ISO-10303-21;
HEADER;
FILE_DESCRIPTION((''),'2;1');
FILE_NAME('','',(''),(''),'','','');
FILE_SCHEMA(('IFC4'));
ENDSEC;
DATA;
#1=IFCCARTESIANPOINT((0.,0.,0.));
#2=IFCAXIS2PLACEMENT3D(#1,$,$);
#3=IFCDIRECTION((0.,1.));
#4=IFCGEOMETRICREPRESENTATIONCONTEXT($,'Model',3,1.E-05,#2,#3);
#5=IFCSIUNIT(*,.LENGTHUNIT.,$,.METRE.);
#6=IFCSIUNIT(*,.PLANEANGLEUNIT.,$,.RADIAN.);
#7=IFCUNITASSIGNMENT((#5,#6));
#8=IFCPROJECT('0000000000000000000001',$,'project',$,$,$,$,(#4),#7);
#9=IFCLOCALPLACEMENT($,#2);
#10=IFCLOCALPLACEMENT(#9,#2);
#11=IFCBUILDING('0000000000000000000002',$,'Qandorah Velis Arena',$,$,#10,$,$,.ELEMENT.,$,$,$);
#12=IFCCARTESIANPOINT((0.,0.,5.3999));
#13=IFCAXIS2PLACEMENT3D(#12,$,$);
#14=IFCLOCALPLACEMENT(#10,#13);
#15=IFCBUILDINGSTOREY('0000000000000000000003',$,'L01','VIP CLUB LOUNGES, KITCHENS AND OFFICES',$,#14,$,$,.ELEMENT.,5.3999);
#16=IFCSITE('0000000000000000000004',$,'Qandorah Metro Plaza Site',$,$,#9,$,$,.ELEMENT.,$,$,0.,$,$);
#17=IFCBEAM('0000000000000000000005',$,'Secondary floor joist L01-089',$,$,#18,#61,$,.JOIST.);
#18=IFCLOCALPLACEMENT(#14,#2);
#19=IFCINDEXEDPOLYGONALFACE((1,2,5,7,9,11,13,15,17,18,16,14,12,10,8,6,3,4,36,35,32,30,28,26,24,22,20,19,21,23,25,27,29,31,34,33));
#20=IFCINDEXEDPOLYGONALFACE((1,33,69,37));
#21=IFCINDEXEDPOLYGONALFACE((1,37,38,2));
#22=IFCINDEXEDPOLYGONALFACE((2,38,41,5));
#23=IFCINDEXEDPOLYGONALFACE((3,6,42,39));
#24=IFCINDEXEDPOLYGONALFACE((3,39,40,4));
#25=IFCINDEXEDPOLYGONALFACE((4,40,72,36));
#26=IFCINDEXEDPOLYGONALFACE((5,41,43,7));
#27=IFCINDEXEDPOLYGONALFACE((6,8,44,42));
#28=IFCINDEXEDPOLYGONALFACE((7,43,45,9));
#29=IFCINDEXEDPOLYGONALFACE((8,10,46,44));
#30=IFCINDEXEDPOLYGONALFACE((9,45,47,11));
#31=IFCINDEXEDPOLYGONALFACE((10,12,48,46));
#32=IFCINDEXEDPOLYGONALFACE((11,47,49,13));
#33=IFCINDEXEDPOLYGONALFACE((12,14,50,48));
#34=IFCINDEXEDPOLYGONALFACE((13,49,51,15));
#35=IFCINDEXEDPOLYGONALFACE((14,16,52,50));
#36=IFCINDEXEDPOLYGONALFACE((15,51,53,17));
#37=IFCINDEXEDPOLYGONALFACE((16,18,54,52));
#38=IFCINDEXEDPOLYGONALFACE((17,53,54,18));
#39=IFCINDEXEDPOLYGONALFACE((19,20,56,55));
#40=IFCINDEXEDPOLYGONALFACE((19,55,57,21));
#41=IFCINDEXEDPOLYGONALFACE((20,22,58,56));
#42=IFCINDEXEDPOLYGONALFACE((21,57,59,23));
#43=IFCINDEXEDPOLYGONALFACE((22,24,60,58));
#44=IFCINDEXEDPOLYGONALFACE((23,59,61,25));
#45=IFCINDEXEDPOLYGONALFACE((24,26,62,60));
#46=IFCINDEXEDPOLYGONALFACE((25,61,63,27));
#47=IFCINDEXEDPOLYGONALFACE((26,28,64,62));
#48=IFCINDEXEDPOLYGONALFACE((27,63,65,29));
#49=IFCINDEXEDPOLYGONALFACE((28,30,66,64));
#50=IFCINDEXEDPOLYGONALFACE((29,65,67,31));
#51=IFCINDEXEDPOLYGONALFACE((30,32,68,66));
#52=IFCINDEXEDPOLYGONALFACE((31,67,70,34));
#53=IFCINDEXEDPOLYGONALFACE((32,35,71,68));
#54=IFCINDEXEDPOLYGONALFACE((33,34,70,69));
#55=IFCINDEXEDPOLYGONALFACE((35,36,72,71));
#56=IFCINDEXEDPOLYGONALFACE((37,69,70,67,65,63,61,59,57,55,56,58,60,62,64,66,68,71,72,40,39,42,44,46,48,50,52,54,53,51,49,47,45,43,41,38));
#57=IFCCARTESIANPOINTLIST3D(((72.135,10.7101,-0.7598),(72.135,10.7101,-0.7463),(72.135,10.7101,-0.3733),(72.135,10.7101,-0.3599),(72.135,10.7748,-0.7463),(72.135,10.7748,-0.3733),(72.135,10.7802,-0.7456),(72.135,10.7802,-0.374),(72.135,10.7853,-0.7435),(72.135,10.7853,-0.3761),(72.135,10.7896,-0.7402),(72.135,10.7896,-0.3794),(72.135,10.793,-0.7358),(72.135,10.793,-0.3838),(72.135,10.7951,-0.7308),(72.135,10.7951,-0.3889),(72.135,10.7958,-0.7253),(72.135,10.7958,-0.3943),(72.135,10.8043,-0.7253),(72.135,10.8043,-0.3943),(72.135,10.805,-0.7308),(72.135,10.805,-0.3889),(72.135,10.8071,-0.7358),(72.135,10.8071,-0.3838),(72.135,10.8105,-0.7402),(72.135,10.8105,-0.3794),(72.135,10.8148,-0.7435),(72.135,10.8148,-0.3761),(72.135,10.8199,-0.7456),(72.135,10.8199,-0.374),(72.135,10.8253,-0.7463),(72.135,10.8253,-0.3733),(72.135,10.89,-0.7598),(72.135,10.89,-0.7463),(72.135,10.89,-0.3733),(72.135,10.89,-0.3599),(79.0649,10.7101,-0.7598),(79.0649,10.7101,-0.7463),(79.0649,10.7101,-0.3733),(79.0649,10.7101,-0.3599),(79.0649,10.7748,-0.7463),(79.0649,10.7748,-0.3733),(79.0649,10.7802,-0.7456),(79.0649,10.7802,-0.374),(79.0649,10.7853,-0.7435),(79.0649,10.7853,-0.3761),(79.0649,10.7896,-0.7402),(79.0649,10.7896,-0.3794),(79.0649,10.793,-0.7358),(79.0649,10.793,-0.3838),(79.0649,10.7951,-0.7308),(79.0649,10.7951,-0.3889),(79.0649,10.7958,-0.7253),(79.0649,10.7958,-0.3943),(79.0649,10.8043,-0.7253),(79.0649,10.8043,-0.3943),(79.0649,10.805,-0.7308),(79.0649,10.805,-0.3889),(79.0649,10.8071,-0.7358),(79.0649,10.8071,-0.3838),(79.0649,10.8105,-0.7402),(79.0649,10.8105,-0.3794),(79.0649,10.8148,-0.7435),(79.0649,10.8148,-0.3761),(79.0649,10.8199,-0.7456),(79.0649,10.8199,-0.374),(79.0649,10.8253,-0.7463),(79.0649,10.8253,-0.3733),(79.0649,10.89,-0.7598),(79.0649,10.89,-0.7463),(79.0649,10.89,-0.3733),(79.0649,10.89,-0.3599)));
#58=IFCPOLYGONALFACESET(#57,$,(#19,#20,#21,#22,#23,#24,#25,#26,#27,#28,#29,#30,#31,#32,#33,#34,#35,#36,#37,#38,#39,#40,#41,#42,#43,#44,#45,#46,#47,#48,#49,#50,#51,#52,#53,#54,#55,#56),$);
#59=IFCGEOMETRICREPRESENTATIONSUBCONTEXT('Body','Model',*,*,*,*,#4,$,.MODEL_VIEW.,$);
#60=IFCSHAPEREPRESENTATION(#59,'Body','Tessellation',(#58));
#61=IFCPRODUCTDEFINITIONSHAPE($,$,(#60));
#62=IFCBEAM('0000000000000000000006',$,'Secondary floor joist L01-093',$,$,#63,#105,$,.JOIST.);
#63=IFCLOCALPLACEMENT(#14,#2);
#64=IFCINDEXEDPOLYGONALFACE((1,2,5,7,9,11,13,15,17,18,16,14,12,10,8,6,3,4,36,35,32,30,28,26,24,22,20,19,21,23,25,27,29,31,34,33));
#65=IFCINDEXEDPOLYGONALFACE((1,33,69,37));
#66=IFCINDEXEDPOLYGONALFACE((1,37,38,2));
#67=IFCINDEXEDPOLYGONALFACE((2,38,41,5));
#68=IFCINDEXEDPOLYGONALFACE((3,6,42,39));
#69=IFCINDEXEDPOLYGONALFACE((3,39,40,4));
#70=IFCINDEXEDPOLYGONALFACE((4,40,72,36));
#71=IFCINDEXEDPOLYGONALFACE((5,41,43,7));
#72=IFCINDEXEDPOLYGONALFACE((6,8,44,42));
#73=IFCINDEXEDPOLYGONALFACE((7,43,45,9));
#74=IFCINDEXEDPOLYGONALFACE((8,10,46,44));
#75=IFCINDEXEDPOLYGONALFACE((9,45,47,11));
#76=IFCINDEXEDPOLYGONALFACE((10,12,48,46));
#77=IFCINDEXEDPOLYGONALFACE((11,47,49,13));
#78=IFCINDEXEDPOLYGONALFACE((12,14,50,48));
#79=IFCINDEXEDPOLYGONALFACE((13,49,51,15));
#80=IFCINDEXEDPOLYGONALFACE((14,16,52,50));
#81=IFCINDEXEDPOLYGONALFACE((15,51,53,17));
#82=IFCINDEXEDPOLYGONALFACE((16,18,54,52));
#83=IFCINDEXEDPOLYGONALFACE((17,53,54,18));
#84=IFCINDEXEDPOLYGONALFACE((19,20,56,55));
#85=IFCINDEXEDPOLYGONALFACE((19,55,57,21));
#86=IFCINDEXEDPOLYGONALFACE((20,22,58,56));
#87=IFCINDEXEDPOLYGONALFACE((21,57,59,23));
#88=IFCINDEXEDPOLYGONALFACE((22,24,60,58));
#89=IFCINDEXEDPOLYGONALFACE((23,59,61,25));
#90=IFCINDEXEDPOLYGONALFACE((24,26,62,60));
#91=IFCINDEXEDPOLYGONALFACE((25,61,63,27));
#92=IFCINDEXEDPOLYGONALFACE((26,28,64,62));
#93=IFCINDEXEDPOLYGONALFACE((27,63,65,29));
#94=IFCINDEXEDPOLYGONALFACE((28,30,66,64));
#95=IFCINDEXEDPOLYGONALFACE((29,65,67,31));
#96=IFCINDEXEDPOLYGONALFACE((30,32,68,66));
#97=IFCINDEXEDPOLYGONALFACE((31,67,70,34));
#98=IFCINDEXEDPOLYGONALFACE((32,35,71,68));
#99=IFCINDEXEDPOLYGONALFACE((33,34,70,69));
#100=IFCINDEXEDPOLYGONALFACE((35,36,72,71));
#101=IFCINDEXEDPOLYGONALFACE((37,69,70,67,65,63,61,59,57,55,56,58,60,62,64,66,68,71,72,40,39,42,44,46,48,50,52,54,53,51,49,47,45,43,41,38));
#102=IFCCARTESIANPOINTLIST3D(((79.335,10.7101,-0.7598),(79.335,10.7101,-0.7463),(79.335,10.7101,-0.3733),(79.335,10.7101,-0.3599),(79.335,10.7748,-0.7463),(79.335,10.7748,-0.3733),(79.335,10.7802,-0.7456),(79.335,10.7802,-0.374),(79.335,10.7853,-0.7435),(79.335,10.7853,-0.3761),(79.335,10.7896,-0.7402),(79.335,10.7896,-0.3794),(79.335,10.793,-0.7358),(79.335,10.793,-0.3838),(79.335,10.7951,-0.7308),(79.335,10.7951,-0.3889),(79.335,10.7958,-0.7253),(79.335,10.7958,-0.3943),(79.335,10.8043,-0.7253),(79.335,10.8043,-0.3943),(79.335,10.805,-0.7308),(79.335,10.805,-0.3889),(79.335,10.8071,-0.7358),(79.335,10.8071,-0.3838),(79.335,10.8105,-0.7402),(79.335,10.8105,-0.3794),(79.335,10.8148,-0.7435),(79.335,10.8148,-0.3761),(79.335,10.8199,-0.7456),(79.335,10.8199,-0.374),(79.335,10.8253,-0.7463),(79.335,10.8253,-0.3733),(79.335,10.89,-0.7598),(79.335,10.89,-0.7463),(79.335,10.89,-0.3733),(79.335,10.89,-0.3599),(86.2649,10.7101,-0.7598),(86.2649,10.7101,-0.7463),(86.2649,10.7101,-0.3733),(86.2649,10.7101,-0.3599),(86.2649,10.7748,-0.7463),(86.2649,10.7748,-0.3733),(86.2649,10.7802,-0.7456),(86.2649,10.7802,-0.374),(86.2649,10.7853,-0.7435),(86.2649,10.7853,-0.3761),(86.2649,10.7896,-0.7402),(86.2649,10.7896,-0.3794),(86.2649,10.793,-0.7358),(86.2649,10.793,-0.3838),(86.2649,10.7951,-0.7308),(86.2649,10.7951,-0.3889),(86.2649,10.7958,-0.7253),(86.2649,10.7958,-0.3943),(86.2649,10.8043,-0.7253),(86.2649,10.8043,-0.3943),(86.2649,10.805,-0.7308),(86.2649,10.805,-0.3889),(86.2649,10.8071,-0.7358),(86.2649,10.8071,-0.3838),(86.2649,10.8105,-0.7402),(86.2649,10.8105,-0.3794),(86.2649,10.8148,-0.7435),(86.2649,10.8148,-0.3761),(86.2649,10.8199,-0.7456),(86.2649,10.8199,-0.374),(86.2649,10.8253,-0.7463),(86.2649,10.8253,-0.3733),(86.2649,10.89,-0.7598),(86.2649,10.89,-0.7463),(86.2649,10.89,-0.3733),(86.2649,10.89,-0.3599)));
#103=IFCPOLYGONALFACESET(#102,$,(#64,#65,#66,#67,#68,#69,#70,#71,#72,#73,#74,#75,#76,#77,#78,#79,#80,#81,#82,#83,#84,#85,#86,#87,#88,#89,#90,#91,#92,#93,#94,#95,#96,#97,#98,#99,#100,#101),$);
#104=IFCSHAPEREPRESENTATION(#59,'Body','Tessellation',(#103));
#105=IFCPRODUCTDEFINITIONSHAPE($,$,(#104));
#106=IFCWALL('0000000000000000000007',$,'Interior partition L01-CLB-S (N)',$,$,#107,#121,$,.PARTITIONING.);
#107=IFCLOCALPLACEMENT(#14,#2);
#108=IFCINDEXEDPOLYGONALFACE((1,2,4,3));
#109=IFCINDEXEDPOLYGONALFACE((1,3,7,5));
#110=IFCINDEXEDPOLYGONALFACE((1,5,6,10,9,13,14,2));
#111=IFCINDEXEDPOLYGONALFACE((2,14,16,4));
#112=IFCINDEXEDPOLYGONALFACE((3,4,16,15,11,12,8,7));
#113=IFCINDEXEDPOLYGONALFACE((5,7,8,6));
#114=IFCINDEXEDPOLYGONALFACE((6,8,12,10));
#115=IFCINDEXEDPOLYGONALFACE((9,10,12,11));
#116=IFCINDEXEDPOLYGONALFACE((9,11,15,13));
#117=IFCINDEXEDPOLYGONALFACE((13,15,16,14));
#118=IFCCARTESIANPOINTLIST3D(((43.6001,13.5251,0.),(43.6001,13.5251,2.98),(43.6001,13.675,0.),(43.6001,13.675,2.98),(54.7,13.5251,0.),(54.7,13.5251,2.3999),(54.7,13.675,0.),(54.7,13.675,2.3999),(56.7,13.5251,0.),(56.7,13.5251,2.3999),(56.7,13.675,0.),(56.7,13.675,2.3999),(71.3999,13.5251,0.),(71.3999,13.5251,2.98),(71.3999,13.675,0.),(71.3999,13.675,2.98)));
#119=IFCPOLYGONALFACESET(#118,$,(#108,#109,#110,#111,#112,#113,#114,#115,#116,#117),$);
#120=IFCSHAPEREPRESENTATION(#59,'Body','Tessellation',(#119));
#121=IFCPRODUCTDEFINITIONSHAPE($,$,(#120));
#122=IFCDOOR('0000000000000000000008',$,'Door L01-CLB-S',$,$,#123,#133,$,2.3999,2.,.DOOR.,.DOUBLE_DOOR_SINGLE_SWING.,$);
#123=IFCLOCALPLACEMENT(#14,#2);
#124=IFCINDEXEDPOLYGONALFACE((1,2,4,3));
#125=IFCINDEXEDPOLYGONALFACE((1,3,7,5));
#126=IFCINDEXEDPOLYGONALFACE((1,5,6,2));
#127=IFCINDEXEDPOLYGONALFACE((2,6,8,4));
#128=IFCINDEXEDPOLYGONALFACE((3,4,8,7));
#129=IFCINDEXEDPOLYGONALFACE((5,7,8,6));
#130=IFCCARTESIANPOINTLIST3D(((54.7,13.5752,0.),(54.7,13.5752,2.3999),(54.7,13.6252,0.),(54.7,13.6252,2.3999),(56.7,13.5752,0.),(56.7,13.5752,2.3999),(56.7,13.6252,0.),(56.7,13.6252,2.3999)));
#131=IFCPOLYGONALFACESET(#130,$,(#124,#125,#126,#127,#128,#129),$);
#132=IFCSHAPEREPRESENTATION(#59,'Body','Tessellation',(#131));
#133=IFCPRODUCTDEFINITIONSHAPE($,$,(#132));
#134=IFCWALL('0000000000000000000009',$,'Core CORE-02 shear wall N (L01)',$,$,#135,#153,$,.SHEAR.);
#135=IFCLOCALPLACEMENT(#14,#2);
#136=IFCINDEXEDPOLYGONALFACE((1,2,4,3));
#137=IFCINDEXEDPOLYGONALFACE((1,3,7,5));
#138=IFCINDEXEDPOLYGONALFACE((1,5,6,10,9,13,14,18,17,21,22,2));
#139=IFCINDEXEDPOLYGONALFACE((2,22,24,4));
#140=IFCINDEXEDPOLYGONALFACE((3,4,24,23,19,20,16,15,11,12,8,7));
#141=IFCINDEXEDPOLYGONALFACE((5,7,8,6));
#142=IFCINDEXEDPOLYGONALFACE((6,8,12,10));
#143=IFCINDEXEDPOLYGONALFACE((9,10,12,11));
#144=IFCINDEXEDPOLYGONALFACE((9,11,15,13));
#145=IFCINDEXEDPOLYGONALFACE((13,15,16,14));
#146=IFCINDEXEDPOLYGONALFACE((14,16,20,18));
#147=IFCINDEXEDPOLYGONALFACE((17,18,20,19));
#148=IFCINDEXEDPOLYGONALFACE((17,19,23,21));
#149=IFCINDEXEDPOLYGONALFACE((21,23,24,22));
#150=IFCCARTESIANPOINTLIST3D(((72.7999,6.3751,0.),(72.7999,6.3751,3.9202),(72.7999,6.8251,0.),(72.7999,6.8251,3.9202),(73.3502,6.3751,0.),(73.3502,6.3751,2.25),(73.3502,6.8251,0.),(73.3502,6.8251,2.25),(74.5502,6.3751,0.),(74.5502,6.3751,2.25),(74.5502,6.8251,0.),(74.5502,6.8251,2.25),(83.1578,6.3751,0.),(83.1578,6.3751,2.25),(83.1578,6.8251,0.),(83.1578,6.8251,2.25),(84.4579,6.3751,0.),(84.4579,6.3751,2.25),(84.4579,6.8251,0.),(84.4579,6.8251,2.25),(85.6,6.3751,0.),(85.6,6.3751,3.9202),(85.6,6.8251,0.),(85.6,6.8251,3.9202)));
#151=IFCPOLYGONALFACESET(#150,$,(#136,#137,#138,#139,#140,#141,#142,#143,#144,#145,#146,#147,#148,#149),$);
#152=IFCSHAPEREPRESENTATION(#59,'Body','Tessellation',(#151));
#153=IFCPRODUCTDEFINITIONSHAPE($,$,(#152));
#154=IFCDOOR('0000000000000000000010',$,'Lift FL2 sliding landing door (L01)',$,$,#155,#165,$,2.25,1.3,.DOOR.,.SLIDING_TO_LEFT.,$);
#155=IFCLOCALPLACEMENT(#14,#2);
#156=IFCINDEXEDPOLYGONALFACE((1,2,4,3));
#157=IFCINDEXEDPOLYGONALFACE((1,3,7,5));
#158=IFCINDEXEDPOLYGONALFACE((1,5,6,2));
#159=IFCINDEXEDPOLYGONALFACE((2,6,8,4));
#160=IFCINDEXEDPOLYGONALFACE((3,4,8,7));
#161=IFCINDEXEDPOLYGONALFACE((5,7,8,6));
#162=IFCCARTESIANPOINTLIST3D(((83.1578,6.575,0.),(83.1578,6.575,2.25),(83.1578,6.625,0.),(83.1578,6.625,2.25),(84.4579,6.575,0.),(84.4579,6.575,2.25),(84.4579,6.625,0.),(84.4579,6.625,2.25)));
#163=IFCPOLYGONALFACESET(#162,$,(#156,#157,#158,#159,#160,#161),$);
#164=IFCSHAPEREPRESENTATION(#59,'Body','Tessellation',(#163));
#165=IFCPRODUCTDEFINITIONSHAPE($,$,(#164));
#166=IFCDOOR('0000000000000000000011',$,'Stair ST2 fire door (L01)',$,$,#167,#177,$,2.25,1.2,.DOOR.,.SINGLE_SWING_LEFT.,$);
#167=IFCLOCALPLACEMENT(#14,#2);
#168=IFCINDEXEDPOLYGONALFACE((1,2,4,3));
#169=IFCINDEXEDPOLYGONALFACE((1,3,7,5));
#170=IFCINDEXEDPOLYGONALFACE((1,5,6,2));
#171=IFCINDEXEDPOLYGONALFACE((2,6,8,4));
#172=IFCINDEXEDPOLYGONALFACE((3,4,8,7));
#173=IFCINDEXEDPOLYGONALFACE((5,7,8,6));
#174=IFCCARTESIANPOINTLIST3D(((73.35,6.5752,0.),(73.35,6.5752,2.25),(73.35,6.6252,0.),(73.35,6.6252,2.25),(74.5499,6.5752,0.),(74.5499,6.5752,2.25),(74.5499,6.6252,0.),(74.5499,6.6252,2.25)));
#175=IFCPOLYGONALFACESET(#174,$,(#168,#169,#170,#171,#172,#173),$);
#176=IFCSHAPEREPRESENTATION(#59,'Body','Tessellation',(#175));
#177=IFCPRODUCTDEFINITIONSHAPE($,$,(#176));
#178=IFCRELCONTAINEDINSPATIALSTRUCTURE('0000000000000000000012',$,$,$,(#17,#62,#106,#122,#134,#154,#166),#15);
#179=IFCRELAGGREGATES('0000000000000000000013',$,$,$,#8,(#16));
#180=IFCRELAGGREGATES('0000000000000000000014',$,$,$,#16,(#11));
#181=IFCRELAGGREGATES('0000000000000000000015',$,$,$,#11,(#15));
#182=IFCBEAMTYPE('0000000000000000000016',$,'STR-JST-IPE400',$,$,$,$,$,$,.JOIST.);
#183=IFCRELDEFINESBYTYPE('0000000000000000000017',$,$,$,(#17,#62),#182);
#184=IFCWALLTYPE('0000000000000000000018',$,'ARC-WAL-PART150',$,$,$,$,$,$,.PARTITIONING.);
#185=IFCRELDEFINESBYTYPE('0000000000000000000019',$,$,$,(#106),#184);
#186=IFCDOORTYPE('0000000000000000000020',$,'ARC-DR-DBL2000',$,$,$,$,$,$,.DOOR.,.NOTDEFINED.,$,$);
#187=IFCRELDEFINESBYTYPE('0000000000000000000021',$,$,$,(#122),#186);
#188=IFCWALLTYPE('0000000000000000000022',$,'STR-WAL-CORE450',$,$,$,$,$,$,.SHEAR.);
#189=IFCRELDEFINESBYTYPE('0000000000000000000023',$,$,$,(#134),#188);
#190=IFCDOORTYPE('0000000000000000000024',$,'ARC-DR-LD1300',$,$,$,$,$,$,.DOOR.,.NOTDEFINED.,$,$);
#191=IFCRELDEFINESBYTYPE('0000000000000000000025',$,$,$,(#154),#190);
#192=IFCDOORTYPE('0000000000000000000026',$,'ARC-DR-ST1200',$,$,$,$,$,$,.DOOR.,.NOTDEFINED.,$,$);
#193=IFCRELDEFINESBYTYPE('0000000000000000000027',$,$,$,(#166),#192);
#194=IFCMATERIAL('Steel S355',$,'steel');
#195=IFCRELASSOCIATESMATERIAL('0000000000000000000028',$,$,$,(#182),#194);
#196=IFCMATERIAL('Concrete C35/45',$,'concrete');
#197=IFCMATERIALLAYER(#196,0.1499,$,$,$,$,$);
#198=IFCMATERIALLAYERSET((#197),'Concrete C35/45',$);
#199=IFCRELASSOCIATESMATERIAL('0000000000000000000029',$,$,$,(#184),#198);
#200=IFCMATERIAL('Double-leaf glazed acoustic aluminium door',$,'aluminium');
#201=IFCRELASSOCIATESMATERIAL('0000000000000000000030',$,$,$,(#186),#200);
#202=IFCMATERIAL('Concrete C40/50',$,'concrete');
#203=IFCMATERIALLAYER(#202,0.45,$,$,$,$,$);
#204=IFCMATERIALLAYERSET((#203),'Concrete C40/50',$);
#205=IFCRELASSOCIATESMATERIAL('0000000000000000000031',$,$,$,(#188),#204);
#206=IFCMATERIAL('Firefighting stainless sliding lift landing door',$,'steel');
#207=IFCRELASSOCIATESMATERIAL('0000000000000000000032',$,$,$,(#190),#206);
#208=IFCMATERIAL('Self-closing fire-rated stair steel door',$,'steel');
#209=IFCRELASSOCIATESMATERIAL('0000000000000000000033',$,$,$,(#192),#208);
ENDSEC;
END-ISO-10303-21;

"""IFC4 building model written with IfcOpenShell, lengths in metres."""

from ifc_helpers import new_model, si_unit, direction, frame, frame_2d, origin, origin_2d, place, context, subcontext, project, spatial, rectangle, i_section, extrude, material, layer, layer_set, material_profile, profile_set, type_object, element, fill, save


model = new_model("IFC4")

# Units and contexts
model_context = context("Model", 3, precision=1e-05, world=origin(), true_north=direction((0.0, 1.0)))
body_context = subcontext(model_context, "Body", "Model", "MODEL_VIEW")
ifc_project = project(units=[si_unit("LENGTHUNIT", "METRE"), si_unit("PLANEANGLEUNIT", "RADIAN")], contexts=[model_context])

# Site, building, storey
site_placement = place(None, origin())
site = spatial("IfcSite", under=ifc_project, at=site_placement, Name="Qandorah Metro Plaza Site", CompositionType="ELEMENT", RefElevation=0.0)
building_placement = place(site_placement, origin())
building = spatial("IfcBuilding", under=site, at=building_placement, Name="Qandorah Velis Arena", CompositionType="ELEMENT")
storey_placement = place(building_placement, frame((0.0, 0.0, 5.3999)))
storey = spatial("IfcBuildingStorey", under=building, at=storey_placement, Name="L01", Description="VIP CLUB LOUNGES, KITCHENS AND OFFICES", CompositionType="ELEMENT", Elevation=5.3999)

# Shared definitions
ifc_material_1 = material(Name="Concrete C40/50", Category="concrete")

# Beams
ifc_material_2 = material(Name="Steel S355", Category="steel")
ifc_material_profile_1 = material_profile(ifc_material_2, i_section(OverallWidth=0.1799, OverallDepth=0.3999, WebThickness=0.0085, FlangeThickness=0.0134, FilletRadius=0.021, at=origin_2d()), Name="IPE 400")
ifc_profile_set_1 = profile_set([ifc_material_profile_1], Name="Steel S355")
beam_type_1 = type_object("IfcBeamType", Name="STR-JST-IPE400", PredefinedType="JOIST", material=ifc_profile_set_1)
for number, where, z_axis, x_axis, name in (
    (1, (72.135, 10.8, -0.5598), (1.0, 0.0, 0.0), (0.0, 1.0, 0.0), "Secondary floor joist L01-089"),
    (2, (79.335, 10.8, -0.5598), (1.0, 0.0, 0.0), (0.0, 1.0, 0.0), "Secondary floor joist L01-093"),
):
    element("IfcBeam", number, at=place(storey_placement, frame(where, z_axis=z_axis, x_axis=x_axis)), inside=storey, type_object=beam_type_1, Name=name, PredefinedType="JOIST", context=body_context, shape_type="SweptSolid", body=[
        extrude(i_section(OverallWidth=0.1799, OverallDepth=0.3999, WebThickness=0.0085, FlangeThickness=0.0134, FilletRadius=0.021, at=origin_2d()), origin(), (0.0, 0.0, 1.0), 6.9299),
    ])

# Wall, opening, door
ifc_material_3 = material(Name="Concrete C35/45", Category="concrete")
ifc_layer_1 = layer(ifc_material_3, 0.1499)
ifc_layer_set_1 = layer_set([ifc_layer_1], Name="Concrete C35/45")
wall_type_1 = type_object("IfcWallType", Name="ARC-WAL-PART150", PredefinedType="PARTITIONING", material=ifc_layer_set_1)
wall_1_placement = place(storey_placement, frame((71.3999, 13.6001, 0.0), z_axis=(0.0, 0.0, 1.0), x_axis=(-1.0, 0.0, 0.0)))
wall_1 = element("IfcWall", 3, at=wall_1_placement, inside=storey, type_object=wall_type_1, Name="Interior partition L01-CLB-S (N)", PredefinedType="PARTITIONING", context=body_context, shape_type="SweptSolid", body=[
    extrude(rectangle(XDim=27.7998, YDim=0.1499, at=frame_2d((13.8999, 0.0))), origin(), (0.0, 0.0, 1.0), 2.98),
])
opening_1_placement = place(wall_1_placement, frame((14.7, 0.0, 0.0)))
opening_1 = element("IfcOpeningElement", 4, at=opening_1_placement, cuts=wall_1, PredefinedType="OPENING", context=body_context, shape_type="SweptSolid", body=[
    extrude(rectangle(XDim=2.0, YDim=2.3999, at=frame_2d((1.0, 1.2))), frame((0.0, 0.085, 0.0), z_axis=(0.0, -1.0, 0.0), x_axis=(1.0, 0.0, 0.0)), (0.0, 0.0, 1.0), 0.1699),
])
ifc_material_4 = material(Name="Double-leaf glazed acoustic aluminium door", Category="aluminium")
door_type_1 = type_object("IfcDoorType", Name="ARC-DR-DBL2000", OperationType="NOTDEFINED", PredefinedType="DOOR", material=ifc_material_4)
door_1_placement = place(opening_1_placement, origin())
door_1 = element("IfcDoor", 5, at=door_1_placement, inside=storey, type_object=door_type_1, Name="Door L01-CLB-S", OperationType="DOUBLE_DOOR_SINGLE_SWING", OverallHeight=2.3999, OverallWidth=2.0, PredefinedType="DOOR", context=body_context, shape_type="SweptSolid", body=[
    extrude(rectangle(XDim=2.0, YDim=2.3999, at=frame_2d((1.0, 1.2))), frame((0.0, 0.0249, 0.0), z_axis=(0.0, -1.0, 0.0), x_axis=(1.0, 0.0, 0.0)), (0.0, 0.0, 1.0), 0.05),
])
fill(opening_1, door_1)

# Wall, openings, doors
ifc_layer_2 = layer(ifc_material_1, 0.45)
ifc_layer_set_2 = layer_set([ifc_layer_2], Name="Concrete C40/50")
wall_type_2 = type_object("IfcWallType", Name="STR-WAL-CORE450", PredefinedType="SHEAR", material=ifc_layer_set_2)
wall_2_placement = place(storey_placement, frame((72.8, 6.6001, 0.0), z_axis=(0.0, 0.0, 1.0), x_axis=(1.0, 0.0, 0.0)))
wall_2 = element("IfcWall", 6, at=wall_2_placement, inside=storey, type_object=wall_type_2, Name="Core CORE-02 shear wall N (L01)", PredefinedType="SHEAR", context=body_context, shape_type="SweptSolid", body=[
    extrude(rectangle(XDim=12.8, YDim=0.45, at=frame_2d((6.3999, 0.0))), origin(), (0.0, 0.0, 1.0), 3.9202),
])
opening_2_placement = place(wall_2_placement, frame((0.55, 0.0, 0.0)))
opening_2 = element("IfcOpeningElement", 7, at=opening_2_placement, cuts=wall_2, PredefinedType="OPENING", context=body_context, shape_type="SweptSolid", body=[
    extrude(rectangle(XDim=1.2, YDim=2.25, at=frame_2d((0.6001, 1.125))), frame((0.0, 0.2349, 0.0), z_axis=(0.0, -1.0, 0.0), x_axis=(1.0, 0.0, 0.0)), (0.0, 0.0, 1.0), 0.47),
])
opening_3_placement = place(wall_2_placement, frame((10.3579, 0.0, 0.0)))
opening_3 = element("IfcOpeningElement", 8, at=opening_3_placement, cuts=wall_2, PredefinedType="OPENING", context=body_context, shape_type="SweptSolid", body=[
    extrude(rectangle(XDim=1.3, YDim=2.25, at=frame_2d((0.6499, 1.125))), frame((0.0, 0.2349, 0.0), z_axis=(0.0, -1.0, 0.0), x_axis=(1.0, 0.0, 0.0)), (0.0, 0.0, 1.0), 0.47),
])
ifc_material_5 = material(Name="Firefighting stainless sliding lift landing door", Category="steel")
door_type_2 = type_object("IfcDoorType", Name="ARC-DR-LD1300", OperationType="NOTDEFINED", PredefinedType="DOOR", material=ifc_material_5)
door_2_placement = place(opening_3_placement, origin())
door_2 = element("IfcDoor", 9, at=door_2_placement, inside=storey, type_object=door_type_2, Name="Lift FL2 sliding landing door (L01)", OperationType="SLIDING_TO_LEFT", OverallHeight=2.25, OverallWidth=1.3, PredefinedType="DOOR", context=body_context, shape_type="SweptSolid", body=[
    extrude(rectangle(XDim=1.3, YDim=2.25, at=frame_2d((0.6499, 1.125))), frame((0.0, 0.0249, 0.0), z_axis=(0.0, -1.0, 0.0), x_axis=(1.0, 0.0, 0.0)), (0.0, 0.0, 1.0), 0.05),
])
fill(opening_3, door_2)
ifc_material_6 = material(Name="Self-closing fire-rated stair steel door", Category="steel")
door_type_3 = type_object("IfcDoorType", Name="ARC-DR-ST1200", OperationType="NOTDEFINED", PredefinedType="DOOR", material=ifc_material_6)
door_3_placement = place(opening_2_placement, frame((1.2, 0.0, 0.0), z_axis=(0.0, 0.0, 1.0), x_axis=(-1.0, 0.0, 0.0)))
door_3 = element("IfcDoor", 10, at=door_3_placement, inside=storey, type_object=door_type_3, Name="Stair ST2 fire door (L01)", OperationType="SINGLE_SWING_LEFT", OverallHeight=2.25, OverallWidth=1.2, PredefinedType="DOOR", context=body_context, shape_type="SweptSolid", body=[
    extrude(rectangle(XDim=1.2, YDim=2.25, at=frame_2d((0.6001, 1.125))), frame((0.0, 0.0249, 0.0), z_axis=(0.0, -1.0, 0.0), x_axis=(1.0, 0.0, 0.0)), (0.0, 0.0, 1.0), 0.05),
])
fill(opening_2, door_3)

save(model, "model.ifc")
